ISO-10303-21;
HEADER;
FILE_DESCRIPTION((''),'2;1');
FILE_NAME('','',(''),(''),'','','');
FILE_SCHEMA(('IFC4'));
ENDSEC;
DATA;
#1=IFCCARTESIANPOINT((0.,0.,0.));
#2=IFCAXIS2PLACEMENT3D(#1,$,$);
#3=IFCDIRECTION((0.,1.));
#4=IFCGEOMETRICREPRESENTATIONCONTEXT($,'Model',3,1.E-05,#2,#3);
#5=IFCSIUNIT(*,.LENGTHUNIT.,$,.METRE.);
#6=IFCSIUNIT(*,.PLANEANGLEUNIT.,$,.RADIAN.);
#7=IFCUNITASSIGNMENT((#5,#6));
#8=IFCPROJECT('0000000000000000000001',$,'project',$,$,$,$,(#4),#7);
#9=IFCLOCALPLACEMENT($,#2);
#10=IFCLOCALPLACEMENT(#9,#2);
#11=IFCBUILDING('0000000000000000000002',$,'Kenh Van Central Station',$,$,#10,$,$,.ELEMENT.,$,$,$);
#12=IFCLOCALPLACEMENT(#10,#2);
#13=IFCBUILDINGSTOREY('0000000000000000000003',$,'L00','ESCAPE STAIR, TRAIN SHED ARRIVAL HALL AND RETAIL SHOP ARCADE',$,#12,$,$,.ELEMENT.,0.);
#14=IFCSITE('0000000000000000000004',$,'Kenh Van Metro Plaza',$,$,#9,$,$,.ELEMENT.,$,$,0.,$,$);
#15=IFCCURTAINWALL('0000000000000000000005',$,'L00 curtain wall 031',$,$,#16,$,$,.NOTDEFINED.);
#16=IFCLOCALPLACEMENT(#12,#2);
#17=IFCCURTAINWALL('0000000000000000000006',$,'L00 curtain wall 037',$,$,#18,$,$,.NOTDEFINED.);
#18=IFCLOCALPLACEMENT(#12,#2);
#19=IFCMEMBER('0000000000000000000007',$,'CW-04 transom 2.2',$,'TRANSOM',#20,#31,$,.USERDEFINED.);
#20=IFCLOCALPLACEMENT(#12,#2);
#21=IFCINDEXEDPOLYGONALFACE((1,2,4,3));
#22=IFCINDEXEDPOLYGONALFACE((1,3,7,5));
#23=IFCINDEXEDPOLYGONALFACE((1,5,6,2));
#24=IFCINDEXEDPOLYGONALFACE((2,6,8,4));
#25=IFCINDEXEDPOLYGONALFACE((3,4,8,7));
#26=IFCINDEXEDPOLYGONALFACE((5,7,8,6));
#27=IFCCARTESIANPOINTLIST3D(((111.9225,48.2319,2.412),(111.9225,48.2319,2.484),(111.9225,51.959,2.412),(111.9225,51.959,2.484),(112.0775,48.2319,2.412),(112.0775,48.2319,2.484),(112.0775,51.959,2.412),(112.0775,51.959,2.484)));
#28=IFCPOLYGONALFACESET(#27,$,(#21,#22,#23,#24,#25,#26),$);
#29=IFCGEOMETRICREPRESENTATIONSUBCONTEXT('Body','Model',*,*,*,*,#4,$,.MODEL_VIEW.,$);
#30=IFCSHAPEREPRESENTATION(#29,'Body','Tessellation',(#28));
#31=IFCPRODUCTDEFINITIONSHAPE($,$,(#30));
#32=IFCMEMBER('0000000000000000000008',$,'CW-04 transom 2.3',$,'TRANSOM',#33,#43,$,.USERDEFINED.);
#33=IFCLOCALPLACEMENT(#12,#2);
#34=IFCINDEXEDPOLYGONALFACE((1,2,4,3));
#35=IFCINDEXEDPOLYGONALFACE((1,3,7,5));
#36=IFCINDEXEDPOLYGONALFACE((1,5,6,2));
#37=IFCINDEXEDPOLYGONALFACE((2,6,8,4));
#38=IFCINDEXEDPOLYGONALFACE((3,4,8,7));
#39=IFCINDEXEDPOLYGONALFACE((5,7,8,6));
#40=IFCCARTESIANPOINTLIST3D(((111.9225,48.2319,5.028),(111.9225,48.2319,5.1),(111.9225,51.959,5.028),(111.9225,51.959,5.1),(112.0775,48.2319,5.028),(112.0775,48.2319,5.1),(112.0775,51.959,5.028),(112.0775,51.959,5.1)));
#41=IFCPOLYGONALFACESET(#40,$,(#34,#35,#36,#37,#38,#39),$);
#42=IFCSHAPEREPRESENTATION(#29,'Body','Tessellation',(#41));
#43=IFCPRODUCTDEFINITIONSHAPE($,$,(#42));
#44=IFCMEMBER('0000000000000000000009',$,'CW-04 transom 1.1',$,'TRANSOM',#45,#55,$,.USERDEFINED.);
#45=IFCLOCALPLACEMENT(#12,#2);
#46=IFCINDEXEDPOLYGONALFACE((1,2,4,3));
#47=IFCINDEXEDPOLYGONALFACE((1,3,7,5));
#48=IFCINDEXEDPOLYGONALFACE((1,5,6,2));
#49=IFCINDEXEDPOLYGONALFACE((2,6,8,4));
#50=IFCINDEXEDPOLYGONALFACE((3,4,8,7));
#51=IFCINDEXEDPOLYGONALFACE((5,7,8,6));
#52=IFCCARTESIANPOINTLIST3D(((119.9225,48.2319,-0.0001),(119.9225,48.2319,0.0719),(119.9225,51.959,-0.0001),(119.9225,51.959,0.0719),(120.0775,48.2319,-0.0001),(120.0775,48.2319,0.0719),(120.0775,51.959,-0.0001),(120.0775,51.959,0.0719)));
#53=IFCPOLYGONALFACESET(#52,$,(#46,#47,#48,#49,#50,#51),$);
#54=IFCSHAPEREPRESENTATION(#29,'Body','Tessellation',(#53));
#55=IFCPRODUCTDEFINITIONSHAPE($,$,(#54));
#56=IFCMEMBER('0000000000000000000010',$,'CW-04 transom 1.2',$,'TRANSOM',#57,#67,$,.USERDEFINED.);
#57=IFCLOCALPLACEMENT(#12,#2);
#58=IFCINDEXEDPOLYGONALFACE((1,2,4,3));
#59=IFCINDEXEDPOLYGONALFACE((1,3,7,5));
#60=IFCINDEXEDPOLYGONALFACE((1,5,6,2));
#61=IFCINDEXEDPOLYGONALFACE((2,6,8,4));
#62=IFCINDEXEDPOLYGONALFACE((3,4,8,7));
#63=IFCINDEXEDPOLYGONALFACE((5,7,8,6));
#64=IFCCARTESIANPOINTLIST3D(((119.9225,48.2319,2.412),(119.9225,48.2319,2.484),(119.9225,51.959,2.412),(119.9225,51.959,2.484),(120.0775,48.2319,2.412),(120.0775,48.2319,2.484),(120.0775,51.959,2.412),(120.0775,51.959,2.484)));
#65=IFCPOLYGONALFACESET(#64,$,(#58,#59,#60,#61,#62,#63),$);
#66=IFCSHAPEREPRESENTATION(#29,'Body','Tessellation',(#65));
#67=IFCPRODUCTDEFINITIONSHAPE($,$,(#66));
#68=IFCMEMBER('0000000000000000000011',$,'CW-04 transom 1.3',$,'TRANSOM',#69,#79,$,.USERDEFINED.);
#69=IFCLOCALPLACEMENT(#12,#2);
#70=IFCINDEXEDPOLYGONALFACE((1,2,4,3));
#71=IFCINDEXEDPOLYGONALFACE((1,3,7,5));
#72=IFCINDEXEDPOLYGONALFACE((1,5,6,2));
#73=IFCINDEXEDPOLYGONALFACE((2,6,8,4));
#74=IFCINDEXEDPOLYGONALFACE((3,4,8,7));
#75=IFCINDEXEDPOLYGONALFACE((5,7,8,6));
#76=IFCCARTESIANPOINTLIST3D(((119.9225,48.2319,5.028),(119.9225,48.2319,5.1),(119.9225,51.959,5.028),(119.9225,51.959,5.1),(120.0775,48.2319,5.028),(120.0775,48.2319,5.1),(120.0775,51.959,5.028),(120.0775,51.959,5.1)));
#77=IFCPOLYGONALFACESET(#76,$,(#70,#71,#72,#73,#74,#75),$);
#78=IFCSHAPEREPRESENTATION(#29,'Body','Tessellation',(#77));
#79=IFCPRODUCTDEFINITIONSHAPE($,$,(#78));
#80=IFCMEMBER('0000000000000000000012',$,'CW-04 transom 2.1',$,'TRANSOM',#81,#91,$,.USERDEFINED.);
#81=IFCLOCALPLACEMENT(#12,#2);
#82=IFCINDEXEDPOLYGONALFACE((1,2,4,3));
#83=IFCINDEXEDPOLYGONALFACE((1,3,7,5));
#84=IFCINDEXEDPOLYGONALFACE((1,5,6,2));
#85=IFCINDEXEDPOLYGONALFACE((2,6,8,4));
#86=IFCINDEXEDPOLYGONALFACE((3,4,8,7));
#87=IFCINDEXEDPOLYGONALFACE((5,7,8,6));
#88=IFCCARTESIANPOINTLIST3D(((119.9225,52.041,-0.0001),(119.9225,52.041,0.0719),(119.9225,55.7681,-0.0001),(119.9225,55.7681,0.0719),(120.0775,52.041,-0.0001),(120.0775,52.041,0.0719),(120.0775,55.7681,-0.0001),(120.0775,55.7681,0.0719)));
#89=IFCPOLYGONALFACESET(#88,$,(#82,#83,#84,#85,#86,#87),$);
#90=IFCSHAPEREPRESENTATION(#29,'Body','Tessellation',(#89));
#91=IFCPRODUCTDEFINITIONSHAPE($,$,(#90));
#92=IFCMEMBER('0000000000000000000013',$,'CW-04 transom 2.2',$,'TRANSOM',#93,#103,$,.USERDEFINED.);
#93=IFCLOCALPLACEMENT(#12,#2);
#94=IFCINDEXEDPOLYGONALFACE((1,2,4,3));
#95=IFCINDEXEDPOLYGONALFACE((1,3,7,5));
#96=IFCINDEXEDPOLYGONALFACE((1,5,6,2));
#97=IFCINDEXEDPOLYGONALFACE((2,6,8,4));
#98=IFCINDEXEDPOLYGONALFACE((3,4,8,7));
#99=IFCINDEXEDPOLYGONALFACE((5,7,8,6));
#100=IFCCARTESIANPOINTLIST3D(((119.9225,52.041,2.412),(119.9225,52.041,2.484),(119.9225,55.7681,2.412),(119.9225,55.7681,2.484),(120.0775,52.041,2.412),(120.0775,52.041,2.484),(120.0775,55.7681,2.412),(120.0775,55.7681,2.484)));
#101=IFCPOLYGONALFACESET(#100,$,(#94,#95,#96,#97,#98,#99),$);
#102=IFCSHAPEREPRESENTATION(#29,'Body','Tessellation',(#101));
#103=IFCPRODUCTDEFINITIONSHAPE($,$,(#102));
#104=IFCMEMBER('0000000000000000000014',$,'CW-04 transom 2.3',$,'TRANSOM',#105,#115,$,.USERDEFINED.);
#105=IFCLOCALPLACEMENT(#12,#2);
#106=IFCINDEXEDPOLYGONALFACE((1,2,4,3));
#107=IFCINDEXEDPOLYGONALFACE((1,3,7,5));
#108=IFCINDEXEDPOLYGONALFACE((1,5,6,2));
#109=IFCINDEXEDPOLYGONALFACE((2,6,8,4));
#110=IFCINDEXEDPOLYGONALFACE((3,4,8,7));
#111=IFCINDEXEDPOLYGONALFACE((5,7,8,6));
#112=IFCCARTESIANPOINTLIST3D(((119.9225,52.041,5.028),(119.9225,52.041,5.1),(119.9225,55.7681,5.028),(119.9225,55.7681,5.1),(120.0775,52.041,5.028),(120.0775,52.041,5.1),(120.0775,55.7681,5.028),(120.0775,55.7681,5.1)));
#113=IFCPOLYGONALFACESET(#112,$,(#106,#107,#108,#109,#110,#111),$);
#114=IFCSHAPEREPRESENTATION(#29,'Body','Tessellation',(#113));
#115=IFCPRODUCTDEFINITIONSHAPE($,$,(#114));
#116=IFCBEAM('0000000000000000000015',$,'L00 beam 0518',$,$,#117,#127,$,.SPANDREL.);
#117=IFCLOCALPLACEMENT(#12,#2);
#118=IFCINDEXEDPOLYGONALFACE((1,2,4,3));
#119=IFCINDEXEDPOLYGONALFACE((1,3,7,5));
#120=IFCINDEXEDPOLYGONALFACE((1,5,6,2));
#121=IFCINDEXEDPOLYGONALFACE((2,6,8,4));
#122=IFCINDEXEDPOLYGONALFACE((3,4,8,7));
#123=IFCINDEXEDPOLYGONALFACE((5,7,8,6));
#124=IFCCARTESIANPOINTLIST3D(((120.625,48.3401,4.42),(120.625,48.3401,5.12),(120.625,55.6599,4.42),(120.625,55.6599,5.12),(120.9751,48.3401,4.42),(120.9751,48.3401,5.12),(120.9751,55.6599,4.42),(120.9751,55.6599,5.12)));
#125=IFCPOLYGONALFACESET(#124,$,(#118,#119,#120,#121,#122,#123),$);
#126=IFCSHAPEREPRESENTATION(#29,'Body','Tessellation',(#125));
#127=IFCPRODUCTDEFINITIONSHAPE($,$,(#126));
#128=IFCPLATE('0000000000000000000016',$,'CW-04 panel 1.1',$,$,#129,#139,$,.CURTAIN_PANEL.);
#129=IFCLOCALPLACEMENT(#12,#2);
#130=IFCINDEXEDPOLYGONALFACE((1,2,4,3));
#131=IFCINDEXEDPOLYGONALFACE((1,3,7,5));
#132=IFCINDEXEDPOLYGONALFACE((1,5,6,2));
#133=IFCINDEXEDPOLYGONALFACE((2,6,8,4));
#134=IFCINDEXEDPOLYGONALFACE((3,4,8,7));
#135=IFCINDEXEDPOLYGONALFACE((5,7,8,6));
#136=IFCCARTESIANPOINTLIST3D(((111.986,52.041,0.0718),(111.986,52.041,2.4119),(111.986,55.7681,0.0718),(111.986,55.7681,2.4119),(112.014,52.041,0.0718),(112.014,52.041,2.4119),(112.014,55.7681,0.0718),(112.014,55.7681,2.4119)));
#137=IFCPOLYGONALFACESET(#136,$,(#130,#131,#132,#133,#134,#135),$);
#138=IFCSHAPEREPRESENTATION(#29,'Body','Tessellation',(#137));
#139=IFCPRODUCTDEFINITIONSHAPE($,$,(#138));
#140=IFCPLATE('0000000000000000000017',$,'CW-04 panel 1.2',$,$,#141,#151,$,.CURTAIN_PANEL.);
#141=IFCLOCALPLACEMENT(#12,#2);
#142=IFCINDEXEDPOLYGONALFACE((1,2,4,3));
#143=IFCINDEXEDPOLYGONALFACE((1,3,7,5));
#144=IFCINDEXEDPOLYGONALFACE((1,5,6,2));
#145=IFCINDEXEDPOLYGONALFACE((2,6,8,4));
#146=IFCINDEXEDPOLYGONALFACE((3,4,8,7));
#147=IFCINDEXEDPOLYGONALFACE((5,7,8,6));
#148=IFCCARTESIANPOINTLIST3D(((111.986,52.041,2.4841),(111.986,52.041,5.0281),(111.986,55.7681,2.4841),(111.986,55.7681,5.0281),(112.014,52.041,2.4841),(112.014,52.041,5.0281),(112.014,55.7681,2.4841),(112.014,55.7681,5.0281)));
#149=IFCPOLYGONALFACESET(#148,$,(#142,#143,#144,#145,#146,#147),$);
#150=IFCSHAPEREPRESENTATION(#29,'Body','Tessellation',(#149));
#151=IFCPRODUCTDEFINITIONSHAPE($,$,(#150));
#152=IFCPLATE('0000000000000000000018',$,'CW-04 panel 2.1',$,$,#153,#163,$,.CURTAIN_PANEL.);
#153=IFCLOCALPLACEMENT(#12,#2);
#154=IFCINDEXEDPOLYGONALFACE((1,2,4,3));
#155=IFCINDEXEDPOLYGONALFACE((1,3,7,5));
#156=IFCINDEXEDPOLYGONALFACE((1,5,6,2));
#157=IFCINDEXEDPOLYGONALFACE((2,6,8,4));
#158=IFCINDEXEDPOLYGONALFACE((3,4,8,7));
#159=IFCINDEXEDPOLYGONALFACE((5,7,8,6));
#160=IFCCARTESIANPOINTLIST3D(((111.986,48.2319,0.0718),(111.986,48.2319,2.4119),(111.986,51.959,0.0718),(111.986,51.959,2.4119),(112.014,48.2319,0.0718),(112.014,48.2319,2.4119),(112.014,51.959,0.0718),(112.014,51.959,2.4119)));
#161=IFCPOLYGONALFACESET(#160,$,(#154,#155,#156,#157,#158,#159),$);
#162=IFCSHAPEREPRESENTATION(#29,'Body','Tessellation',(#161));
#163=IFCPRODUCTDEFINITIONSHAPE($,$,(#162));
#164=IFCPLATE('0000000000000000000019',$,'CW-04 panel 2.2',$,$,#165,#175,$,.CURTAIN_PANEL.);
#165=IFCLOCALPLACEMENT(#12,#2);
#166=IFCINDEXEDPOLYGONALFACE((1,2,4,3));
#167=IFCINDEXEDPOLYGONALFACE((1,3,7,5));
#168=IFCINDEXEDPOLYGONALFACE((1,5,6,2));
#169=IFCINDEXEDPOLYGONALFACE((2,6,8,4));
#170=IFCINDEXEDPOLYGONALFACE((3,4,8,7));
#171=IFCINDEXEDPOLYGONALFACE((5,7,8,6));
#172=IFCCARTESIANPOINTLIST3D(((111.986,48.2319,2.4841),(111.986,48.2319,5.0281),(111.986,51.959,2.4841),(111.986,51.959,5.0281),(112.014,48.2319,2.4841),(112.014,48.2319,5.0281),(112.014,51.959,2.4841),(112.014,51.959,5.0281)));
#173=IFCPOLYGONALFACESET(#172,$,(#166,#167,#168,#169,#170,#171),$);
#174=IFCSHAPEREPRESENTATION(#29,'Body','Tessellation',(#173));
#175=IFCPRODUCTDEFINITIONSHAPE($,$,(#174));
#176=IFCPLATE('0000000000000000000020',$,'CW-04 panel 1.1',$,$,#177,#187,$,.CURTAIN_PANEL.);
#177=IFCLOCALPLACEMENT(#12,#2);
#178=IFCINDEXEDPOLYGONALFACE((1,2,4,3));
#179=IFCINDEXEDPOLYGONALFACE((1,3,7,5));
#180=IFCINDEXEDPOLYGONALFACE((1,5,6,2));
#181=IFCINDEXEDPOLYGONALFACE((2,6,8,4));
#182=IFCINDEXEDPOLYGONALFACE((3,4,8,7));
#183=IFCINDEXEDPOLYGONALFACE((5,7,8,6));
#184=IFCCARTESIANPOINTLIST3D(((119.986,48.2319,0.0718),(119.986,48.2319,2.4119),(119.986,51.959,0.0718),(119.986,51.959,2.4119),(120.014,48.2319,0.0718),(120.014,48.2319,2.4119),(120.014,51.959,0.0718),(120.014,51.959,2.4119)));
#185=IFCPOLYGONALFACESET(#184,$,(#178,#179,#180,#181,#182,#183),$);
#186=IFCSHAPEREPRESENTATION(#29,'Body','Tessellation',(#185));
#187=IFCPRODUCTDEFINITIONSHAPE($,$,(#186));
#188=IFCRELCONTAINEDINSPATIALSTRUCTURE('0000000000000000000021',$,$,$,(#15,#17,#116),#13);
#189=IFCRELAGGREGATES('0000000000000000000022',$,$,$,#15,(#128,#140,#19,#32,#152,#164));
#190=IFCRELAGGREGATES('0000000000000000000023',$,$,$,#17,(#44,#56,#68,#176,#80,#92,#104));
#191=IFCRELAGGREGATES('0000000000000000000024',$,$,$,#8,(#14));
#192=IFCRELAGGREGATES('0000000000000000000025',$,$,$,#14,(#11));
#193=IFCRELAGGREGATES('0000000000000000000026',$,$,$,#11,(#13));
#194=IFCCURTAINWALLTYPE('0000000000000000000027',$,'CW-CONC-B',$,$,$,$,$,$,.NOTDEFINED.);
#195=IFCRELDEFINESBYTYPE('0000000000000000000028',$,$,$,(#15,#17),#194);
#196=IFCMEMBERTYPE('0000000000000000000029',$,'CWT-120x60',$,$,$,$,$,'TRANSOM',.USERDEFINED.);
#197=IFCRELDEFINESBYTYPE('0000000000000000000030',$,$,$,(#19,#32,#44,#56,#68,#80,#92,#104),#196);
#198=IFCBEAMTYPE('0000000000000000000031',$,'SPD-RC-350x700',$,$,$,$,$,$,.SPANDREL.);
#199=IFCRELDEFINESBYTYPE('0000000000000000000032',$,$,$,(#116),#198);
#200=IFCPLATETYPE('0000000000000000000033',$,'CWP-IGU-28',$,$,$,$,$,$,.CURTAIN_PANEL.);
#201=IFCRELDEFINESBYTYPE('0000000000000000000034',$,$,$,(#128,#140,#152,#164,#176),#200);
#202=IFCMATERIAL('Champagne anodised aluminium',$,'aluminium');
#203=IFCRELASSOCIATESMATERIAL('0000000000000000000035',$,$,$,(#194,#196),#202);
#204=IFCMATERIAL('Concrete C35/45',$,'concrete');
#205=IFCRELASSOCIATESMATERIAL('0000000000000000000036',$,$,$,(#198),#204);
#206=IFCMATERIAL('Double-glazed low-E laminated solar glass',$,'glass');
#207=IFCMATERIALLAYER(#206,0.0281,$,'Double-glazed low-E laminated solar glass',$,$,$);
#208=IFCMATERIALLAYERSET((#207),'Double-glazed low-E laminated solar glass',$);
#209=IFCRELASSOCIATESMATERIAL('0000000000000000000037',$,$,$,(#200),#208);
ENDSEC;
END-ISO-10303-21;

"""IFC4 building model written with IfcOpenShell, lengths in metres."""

from ifc_helpers import new_model, si_unit, direction, frame, origin, origin_2d, place, context, subcontext, project, spatial, rectangle, extrude, material, layer, layer_set, material_profile, profile_set, type_object, element, aggregate, save


model = new_model("IFC4")

# Units and contexts
model_context = context("Model", 3, precision=1e-05, world=origin(), true_north=direction((0.0, 1.0)))
body_context = subcontext(model_context, "Body", "Model", "MODEL_VIEW")
ifc_project = project(units=[si_unit("LENGTHUNIT", "METRE"), si_unit("PLANEANGLEUNIT", "RADIAN")], contexts=[model_context])

# Site, building, storey
site_placement = place(None, origin())
site = spatial("IfcSite", under=ifc_project, at=site_placement, Name="Kenh Van Metro Plaza", CompositionType="ELEMENT", RefElevation=0.0)
building_placement = place(site_placement, origin())
building = spatial("IfcBuilding", under=site, at=building_placement, Name="Kenh Van Central Station", CompositionType="ELEMENT")
storey_placement = place(building_placement, origin())
storey = spatial("IfcBuildingStorey", under=building, at=storey_placement, Name="L00", Description="ESCAPE STAIR, TRAIN SHED ARRIVAL HALL AND RETAIL SHOP ARCADE", CompositionType="ELEMENT", Elevation=0.0)

# Shared definitions
ifc_material_1 = material(Name="Champagne anodised aluminium", Category="aluminium")

# Curtain walls
curtain_wall_type_1 = type_object("IfcCurtainWallType", Name="CW-CONC-B", PredefinedType="NOTDEFINED", material=ifc_material_1)
curtain_wall_1_placement = place(storey_placement, origin())
curtain_wall_1 = element("IfcCurtainWall", 1, at=curtain_wall_1_placement, inside=storey, type_object=curtain_wall_type_1, Name="L00 curtain wall 031", PredefinedType="NOTDEFINED")
curtain_wall_2_placement = place(storey_placement, origin())
curtain_wall_2 = element("IfcCurtainWall", 2, at=curtain_wall_2_placement, inside=storey, type_object=curtain_wall_type_1, Name="L00 curtain wall 037", PredefinedType="NOTDEFINED")

# Members
ifc_material_profile_1 = material_profile(ifc_material_1, rectangle(XDim=0.155, YDim=0.072, at=origin_2d()), Name="AL 155x72")
ifc_profile_set_1 = profile_set([ifc_material_profile_1], Name="Champagne anodised aluminium")
member_type_1 = type_object("IfcMemberType", Name="CWT-120x60", ElementType="TRANSOM", PredefinedType="USERDEFINED", material=ifc_profile_set_1)
member_1_placement = place(storey_placement, frame((112.0, 51.959, 2.448), z_axis=(0.0, -1.0, 0.0), x_axis=(1.0, 0.0, 0.0)))
member_1 = element("IfcMember", 3, at=member_1_placement, type_object=member_type_1, Name="CW-04 transom 2.2", ObjectType="TRANSOM", PredefinedType="USERDEFINED", context=body_context, shape_type="SweptSolid", body=[
    extrude(rectangle(XDim=0.155, YDim=0.072, at=origin_2d()), origin(), (0.0, 0.0, 1.0), 3.7271),
])
member_2_placement = place(storey_placement, frame((112.0, 51.959, 5.064), z_axis=(0.0, -1.0, 0.0), x_axis=(1.0, 0.0, 0.0)))
member_2 = element("IfcMember", 4, at=member_2_placement, type_object=member_type_1, Name="CW-04 transom 2.3", ObjectType="TRANSOM", PredefinedType="USERDEFINED", context=body_context, shape_type="SweptSolid", body=[
    extrude(rectangle(XDim=0.155, YDim=0.072, at=origin_2d()), origin(), (0.0, 0.0, 1.0), 3.7271),
])
member_3_placement = place(storey_placement, frame((120.0, 48.2319, 0.0359), z_axis=(0.0, 1.0, 0.0), x_axis=(-1.0, 0.0, 0.0)))
member_3 = element("IfcMember", 5, at=member_3_placement, type_object=member_type_1, Name="CW-04 transom 1.1", ObjectType="TRANSOM", PredefinedType="USERDEFINED", context=body_context, shape_type="SweptSolid", body=[
    extrude(rectangle(XDim=0.155, YDim=0.072, at=origin_2d()), origin(), (0.0, 0.0, 1.0), 3.7271),
])
member_4_placement = place(storey_placement, frame((120.0, 48.2319, 2.448), z_axis=(0.0, 1.0, 0.0), x_axis=(-1.0, 0.0, 0.0)))
member_4 = element("IfcMember", 6, at=member_4_placement, type_object=member_type_1, Name="CW-04 transom 1.2", ObjectType="TRANSOM", PredefinedType="USERDEFINED", context=body_context, shape_type="SweptSolid", body=[
    extrude(rectangle(XDim=0.155, YDim=0.072, at=origin_2d()), origin(), (0.0, 0.0, 1.0), 3.7271),
])
member_5_placement = place(storey_placement, frame((120.0, 48.2319, 5.064), z_axis=(0.0, 1.0, 0.0), x_axis=(-1.0, 0.0, 0.0)))
member_5 = element("IfcMember", 7, at=member_5_placement, type_object=member_type_1, Name="CW-04 transom 1.3", ObjectType="TRANSOM", PredefinedType="USERDEFINED", context=body_context, shape_type="SweptSolid", body=[
    extrude(rectangle(XDim=0.155, YDim=0.072, at=origin_2d()), origin(), (0.0, 0.0, 1.0), 3.7271),
])
member_6_placement = place(storey_placement, frame((120.0, 52.041, 0.0359), z_axis=(0.0, 1.0, 0.0), x_axis=(-1.0, 0.0, 0.0)))
member_6 = element("IfcMember", 8, at=member_6_placement, type_object=member_type_1, Name="CW-04 transom 2.1", ObjectType="TRANSOM", PredefinedType="USERDEFINED", context=body_context, shape_type="SweptSolid", body=[
    extrude(rectangle(XDim=0.155, YDim=0.072, at=origin_2d()), origin(), (0.0, 0.0, 1.0), 3.7271),
])
member_7_placement = place(storey_placement, frame((120.0, 52.041, 2.448), z_axis=(0.0, 1.0, 0.0), x_axis=(-1.0, 0.0, 0.0)))
member_7 = element("IfcMember", 9, at=member_7_placement, type_object=member_type_1, Name="CW-04 transom 2.2", ObjectType="TRANSOM", PredefinedType="USERDEFINED", context=body_context, shape_type="SweptSolid", body=[
    extrude(rectangle(XDim=0.155, YDim=0.072, at=origin_2d()), origin(), (0.0, 0.0, 1.0), 3.7271),
])
member_8_placement = place(storey_placement, frame((120.0, 52.041, 5.064), z_axis=(0.0, 1.0, 0.0), x_axis=(-1.0, 0.0, 0.0)))
member_8 = element("IfcMember", 10, at=member_8_placement, type_object=member_type_1, Name="CW-04 transom 2.3", ObjectType="TRANSOM", PredefinedType="USERDEFINED", context=body_context, shape_type="SweptSolid", body=[
    extrude(rectangle(XDim=0.155, YDim=0.072, at=origin_2d()), origin(), (0.0, 0.0, 1.0), 3.7271),
])

# Beam
ifc_material_2 = material(Name="Concrete C35/45", Category="concrete")
ifc_material_profile_2 = material_profile(ifc_material_2, rectangle(XDim=0.3501, YDim=0.7, at=origin_2d()), Name="RC 350x700")
ifc_profile_set_2 = profile_set([ifc_material_profile_2], Name="Concrete C35/45")
beam_type = type_object("IfcBeamType", Name="SPD-RC-350x700", PredefinedType="SPANDREL", material=ifc_profile_set_2)
beam_placement = place(storey_placement, frame((120.8, 48.3401, 4.77), z_axis=(0.0, 1.0, 0.0), x_axis=(-1.0, 0.0, 0.0)))
element("IfcBeam", 11, at=beam_placement, inside=storey, type_object=beam_type, Name="L00 beam 0518", PredefinedType="SPANDREL", context=body_context, shape_type="SweptSolid", body=[
    extrude(rectangle(XDim=0.3501, YDim=0.7, at=origin_2d()), origin(), (0.0, 0.0, 1.0), 7.3198),
])

# Plates
ifc_material_3 = material(Name="Double-glazed low-E laminated solar glass", Category="glass")
ifc_layer_1 = layer(ifc_material_3, 0.0281, Name="Double-glazed low-E laminated solar glass")
ifc_layer_set_1 = layer_set([ifc_layer_1], Name="Double-glazed low-E laminated solar glass")
plate_type_1 = type_object("IfcPlateType", Name="CWP-IGU-28", PredefinedType="CURTAIN_PANEL", material=ifc_layer_set_1)
plate_1_placement = place(storey_placement, frame((112.0, 53.9045, 0.0718), z_axis=(0.0, 0.0, 1.0), x_axis=(0.0, -1.0, 0.0)))
plate_1 = element("IfcPlate", 12, at=plate_1_placement, type_object=plate_type_1, Name="CW-04 panel 1.1", PredefinedType="CURTAIN_PANEL", context=body_context, shape_type="SweptSolid", body=[
    extrude(rectangle(XDim=3.7271, YDim=0.0281, at=origin_2d()), origin(), (0.0, 0.0, 1.0), 2.3401),
])
plate_2_placement = place(storey_placement, frame((112.0, 53.9045, 2.4841), z_axis=(0.0, 0.0, 1.0), x_axis=(0.0, -1.0, 0.0)))
plate_2 = element("IfcPlate", 13, at=plate_2_placement, type_object=plate_type_1, Name="CW-04 panel 1.2", PredefinedType="CURTAIN_PANEL", context=body_context, shape_type="SweptSolid", body=[
    extrude(rectangle(XDim=3.7271, YDim=0.0281, at=origin_2d()), origin(), (0.0, 0.0, 1.0), 2.5439),
])
plate_3_placement = place(storey_placement, frame((112.0, 50.0955, 0.0718), z_axis=(0.0, 0.0, 1.0), x_axis=(0.0, -1.0, 0.0)))
plate_3 = element("IfcPlate", 14, at=plate_3_placement, type_object=plate_type_1, Name="CW-04 panel 2.1", PredefinedType="CURTAIN_PANEL", context=body_context, shape_type="SweptSolid", body=[
    extrude(rectangle(XDim=3.7271, YDim=0.0281, at=origin_2d()), origin(), (0.0, 0.0, 1.0), 2.3401),
])
plate_4_placement = place(storey_placement, frame((112.0, 50.0955, 2.4841), z_axis=(0.0, 0.0, 1.0), x_axis=(0.0, -1.0, 0.0)))
plate_4 = element("IfcPlate", 15, at=plate_4_placement, type_object=plate_type_1, Name="CW-04 panel 2.2", PredefinedType="CURTAIN_PANEL", context=body_context, shape_type="SweptSolid", body=[
    extrude(rectangle(XDim=3.7271, YDim=0.0281, at=origin_2d()), origin(), (0.0, 0.0, 1.0), 2.5439),
])
aggregate(curtain_wall_1, [plate_1, plate_2, member_1, member_2, plate_3, plate_4])
plate_5_placement = place(storey_placement, frame((120.0, 50.0955, 0.0718), z_axis=(0.0, 0.0, 1.0), x_axis=(0.0, 1.0, 0.0)))
plate_5 = element("IfcPlate", 16, at=plate_5_placement, type_object=plate_type_1, Name="CW-04 panel 1.1", PredefinedType="CURTAIN_PANEL", context=body_context, shape_type="SweptSolid", body=[
    extrude(rectangle(XDim=3.7271, YDim=0.0281, at=origin_2d()), origin(), (0.0, 0.0, 1.0), 2.3401),
])
aggregate(curtain_wall_2, [member_3, member_4, member_5, plate_5, member_6, member_7, member_8])

save(model, "model.ifc")
